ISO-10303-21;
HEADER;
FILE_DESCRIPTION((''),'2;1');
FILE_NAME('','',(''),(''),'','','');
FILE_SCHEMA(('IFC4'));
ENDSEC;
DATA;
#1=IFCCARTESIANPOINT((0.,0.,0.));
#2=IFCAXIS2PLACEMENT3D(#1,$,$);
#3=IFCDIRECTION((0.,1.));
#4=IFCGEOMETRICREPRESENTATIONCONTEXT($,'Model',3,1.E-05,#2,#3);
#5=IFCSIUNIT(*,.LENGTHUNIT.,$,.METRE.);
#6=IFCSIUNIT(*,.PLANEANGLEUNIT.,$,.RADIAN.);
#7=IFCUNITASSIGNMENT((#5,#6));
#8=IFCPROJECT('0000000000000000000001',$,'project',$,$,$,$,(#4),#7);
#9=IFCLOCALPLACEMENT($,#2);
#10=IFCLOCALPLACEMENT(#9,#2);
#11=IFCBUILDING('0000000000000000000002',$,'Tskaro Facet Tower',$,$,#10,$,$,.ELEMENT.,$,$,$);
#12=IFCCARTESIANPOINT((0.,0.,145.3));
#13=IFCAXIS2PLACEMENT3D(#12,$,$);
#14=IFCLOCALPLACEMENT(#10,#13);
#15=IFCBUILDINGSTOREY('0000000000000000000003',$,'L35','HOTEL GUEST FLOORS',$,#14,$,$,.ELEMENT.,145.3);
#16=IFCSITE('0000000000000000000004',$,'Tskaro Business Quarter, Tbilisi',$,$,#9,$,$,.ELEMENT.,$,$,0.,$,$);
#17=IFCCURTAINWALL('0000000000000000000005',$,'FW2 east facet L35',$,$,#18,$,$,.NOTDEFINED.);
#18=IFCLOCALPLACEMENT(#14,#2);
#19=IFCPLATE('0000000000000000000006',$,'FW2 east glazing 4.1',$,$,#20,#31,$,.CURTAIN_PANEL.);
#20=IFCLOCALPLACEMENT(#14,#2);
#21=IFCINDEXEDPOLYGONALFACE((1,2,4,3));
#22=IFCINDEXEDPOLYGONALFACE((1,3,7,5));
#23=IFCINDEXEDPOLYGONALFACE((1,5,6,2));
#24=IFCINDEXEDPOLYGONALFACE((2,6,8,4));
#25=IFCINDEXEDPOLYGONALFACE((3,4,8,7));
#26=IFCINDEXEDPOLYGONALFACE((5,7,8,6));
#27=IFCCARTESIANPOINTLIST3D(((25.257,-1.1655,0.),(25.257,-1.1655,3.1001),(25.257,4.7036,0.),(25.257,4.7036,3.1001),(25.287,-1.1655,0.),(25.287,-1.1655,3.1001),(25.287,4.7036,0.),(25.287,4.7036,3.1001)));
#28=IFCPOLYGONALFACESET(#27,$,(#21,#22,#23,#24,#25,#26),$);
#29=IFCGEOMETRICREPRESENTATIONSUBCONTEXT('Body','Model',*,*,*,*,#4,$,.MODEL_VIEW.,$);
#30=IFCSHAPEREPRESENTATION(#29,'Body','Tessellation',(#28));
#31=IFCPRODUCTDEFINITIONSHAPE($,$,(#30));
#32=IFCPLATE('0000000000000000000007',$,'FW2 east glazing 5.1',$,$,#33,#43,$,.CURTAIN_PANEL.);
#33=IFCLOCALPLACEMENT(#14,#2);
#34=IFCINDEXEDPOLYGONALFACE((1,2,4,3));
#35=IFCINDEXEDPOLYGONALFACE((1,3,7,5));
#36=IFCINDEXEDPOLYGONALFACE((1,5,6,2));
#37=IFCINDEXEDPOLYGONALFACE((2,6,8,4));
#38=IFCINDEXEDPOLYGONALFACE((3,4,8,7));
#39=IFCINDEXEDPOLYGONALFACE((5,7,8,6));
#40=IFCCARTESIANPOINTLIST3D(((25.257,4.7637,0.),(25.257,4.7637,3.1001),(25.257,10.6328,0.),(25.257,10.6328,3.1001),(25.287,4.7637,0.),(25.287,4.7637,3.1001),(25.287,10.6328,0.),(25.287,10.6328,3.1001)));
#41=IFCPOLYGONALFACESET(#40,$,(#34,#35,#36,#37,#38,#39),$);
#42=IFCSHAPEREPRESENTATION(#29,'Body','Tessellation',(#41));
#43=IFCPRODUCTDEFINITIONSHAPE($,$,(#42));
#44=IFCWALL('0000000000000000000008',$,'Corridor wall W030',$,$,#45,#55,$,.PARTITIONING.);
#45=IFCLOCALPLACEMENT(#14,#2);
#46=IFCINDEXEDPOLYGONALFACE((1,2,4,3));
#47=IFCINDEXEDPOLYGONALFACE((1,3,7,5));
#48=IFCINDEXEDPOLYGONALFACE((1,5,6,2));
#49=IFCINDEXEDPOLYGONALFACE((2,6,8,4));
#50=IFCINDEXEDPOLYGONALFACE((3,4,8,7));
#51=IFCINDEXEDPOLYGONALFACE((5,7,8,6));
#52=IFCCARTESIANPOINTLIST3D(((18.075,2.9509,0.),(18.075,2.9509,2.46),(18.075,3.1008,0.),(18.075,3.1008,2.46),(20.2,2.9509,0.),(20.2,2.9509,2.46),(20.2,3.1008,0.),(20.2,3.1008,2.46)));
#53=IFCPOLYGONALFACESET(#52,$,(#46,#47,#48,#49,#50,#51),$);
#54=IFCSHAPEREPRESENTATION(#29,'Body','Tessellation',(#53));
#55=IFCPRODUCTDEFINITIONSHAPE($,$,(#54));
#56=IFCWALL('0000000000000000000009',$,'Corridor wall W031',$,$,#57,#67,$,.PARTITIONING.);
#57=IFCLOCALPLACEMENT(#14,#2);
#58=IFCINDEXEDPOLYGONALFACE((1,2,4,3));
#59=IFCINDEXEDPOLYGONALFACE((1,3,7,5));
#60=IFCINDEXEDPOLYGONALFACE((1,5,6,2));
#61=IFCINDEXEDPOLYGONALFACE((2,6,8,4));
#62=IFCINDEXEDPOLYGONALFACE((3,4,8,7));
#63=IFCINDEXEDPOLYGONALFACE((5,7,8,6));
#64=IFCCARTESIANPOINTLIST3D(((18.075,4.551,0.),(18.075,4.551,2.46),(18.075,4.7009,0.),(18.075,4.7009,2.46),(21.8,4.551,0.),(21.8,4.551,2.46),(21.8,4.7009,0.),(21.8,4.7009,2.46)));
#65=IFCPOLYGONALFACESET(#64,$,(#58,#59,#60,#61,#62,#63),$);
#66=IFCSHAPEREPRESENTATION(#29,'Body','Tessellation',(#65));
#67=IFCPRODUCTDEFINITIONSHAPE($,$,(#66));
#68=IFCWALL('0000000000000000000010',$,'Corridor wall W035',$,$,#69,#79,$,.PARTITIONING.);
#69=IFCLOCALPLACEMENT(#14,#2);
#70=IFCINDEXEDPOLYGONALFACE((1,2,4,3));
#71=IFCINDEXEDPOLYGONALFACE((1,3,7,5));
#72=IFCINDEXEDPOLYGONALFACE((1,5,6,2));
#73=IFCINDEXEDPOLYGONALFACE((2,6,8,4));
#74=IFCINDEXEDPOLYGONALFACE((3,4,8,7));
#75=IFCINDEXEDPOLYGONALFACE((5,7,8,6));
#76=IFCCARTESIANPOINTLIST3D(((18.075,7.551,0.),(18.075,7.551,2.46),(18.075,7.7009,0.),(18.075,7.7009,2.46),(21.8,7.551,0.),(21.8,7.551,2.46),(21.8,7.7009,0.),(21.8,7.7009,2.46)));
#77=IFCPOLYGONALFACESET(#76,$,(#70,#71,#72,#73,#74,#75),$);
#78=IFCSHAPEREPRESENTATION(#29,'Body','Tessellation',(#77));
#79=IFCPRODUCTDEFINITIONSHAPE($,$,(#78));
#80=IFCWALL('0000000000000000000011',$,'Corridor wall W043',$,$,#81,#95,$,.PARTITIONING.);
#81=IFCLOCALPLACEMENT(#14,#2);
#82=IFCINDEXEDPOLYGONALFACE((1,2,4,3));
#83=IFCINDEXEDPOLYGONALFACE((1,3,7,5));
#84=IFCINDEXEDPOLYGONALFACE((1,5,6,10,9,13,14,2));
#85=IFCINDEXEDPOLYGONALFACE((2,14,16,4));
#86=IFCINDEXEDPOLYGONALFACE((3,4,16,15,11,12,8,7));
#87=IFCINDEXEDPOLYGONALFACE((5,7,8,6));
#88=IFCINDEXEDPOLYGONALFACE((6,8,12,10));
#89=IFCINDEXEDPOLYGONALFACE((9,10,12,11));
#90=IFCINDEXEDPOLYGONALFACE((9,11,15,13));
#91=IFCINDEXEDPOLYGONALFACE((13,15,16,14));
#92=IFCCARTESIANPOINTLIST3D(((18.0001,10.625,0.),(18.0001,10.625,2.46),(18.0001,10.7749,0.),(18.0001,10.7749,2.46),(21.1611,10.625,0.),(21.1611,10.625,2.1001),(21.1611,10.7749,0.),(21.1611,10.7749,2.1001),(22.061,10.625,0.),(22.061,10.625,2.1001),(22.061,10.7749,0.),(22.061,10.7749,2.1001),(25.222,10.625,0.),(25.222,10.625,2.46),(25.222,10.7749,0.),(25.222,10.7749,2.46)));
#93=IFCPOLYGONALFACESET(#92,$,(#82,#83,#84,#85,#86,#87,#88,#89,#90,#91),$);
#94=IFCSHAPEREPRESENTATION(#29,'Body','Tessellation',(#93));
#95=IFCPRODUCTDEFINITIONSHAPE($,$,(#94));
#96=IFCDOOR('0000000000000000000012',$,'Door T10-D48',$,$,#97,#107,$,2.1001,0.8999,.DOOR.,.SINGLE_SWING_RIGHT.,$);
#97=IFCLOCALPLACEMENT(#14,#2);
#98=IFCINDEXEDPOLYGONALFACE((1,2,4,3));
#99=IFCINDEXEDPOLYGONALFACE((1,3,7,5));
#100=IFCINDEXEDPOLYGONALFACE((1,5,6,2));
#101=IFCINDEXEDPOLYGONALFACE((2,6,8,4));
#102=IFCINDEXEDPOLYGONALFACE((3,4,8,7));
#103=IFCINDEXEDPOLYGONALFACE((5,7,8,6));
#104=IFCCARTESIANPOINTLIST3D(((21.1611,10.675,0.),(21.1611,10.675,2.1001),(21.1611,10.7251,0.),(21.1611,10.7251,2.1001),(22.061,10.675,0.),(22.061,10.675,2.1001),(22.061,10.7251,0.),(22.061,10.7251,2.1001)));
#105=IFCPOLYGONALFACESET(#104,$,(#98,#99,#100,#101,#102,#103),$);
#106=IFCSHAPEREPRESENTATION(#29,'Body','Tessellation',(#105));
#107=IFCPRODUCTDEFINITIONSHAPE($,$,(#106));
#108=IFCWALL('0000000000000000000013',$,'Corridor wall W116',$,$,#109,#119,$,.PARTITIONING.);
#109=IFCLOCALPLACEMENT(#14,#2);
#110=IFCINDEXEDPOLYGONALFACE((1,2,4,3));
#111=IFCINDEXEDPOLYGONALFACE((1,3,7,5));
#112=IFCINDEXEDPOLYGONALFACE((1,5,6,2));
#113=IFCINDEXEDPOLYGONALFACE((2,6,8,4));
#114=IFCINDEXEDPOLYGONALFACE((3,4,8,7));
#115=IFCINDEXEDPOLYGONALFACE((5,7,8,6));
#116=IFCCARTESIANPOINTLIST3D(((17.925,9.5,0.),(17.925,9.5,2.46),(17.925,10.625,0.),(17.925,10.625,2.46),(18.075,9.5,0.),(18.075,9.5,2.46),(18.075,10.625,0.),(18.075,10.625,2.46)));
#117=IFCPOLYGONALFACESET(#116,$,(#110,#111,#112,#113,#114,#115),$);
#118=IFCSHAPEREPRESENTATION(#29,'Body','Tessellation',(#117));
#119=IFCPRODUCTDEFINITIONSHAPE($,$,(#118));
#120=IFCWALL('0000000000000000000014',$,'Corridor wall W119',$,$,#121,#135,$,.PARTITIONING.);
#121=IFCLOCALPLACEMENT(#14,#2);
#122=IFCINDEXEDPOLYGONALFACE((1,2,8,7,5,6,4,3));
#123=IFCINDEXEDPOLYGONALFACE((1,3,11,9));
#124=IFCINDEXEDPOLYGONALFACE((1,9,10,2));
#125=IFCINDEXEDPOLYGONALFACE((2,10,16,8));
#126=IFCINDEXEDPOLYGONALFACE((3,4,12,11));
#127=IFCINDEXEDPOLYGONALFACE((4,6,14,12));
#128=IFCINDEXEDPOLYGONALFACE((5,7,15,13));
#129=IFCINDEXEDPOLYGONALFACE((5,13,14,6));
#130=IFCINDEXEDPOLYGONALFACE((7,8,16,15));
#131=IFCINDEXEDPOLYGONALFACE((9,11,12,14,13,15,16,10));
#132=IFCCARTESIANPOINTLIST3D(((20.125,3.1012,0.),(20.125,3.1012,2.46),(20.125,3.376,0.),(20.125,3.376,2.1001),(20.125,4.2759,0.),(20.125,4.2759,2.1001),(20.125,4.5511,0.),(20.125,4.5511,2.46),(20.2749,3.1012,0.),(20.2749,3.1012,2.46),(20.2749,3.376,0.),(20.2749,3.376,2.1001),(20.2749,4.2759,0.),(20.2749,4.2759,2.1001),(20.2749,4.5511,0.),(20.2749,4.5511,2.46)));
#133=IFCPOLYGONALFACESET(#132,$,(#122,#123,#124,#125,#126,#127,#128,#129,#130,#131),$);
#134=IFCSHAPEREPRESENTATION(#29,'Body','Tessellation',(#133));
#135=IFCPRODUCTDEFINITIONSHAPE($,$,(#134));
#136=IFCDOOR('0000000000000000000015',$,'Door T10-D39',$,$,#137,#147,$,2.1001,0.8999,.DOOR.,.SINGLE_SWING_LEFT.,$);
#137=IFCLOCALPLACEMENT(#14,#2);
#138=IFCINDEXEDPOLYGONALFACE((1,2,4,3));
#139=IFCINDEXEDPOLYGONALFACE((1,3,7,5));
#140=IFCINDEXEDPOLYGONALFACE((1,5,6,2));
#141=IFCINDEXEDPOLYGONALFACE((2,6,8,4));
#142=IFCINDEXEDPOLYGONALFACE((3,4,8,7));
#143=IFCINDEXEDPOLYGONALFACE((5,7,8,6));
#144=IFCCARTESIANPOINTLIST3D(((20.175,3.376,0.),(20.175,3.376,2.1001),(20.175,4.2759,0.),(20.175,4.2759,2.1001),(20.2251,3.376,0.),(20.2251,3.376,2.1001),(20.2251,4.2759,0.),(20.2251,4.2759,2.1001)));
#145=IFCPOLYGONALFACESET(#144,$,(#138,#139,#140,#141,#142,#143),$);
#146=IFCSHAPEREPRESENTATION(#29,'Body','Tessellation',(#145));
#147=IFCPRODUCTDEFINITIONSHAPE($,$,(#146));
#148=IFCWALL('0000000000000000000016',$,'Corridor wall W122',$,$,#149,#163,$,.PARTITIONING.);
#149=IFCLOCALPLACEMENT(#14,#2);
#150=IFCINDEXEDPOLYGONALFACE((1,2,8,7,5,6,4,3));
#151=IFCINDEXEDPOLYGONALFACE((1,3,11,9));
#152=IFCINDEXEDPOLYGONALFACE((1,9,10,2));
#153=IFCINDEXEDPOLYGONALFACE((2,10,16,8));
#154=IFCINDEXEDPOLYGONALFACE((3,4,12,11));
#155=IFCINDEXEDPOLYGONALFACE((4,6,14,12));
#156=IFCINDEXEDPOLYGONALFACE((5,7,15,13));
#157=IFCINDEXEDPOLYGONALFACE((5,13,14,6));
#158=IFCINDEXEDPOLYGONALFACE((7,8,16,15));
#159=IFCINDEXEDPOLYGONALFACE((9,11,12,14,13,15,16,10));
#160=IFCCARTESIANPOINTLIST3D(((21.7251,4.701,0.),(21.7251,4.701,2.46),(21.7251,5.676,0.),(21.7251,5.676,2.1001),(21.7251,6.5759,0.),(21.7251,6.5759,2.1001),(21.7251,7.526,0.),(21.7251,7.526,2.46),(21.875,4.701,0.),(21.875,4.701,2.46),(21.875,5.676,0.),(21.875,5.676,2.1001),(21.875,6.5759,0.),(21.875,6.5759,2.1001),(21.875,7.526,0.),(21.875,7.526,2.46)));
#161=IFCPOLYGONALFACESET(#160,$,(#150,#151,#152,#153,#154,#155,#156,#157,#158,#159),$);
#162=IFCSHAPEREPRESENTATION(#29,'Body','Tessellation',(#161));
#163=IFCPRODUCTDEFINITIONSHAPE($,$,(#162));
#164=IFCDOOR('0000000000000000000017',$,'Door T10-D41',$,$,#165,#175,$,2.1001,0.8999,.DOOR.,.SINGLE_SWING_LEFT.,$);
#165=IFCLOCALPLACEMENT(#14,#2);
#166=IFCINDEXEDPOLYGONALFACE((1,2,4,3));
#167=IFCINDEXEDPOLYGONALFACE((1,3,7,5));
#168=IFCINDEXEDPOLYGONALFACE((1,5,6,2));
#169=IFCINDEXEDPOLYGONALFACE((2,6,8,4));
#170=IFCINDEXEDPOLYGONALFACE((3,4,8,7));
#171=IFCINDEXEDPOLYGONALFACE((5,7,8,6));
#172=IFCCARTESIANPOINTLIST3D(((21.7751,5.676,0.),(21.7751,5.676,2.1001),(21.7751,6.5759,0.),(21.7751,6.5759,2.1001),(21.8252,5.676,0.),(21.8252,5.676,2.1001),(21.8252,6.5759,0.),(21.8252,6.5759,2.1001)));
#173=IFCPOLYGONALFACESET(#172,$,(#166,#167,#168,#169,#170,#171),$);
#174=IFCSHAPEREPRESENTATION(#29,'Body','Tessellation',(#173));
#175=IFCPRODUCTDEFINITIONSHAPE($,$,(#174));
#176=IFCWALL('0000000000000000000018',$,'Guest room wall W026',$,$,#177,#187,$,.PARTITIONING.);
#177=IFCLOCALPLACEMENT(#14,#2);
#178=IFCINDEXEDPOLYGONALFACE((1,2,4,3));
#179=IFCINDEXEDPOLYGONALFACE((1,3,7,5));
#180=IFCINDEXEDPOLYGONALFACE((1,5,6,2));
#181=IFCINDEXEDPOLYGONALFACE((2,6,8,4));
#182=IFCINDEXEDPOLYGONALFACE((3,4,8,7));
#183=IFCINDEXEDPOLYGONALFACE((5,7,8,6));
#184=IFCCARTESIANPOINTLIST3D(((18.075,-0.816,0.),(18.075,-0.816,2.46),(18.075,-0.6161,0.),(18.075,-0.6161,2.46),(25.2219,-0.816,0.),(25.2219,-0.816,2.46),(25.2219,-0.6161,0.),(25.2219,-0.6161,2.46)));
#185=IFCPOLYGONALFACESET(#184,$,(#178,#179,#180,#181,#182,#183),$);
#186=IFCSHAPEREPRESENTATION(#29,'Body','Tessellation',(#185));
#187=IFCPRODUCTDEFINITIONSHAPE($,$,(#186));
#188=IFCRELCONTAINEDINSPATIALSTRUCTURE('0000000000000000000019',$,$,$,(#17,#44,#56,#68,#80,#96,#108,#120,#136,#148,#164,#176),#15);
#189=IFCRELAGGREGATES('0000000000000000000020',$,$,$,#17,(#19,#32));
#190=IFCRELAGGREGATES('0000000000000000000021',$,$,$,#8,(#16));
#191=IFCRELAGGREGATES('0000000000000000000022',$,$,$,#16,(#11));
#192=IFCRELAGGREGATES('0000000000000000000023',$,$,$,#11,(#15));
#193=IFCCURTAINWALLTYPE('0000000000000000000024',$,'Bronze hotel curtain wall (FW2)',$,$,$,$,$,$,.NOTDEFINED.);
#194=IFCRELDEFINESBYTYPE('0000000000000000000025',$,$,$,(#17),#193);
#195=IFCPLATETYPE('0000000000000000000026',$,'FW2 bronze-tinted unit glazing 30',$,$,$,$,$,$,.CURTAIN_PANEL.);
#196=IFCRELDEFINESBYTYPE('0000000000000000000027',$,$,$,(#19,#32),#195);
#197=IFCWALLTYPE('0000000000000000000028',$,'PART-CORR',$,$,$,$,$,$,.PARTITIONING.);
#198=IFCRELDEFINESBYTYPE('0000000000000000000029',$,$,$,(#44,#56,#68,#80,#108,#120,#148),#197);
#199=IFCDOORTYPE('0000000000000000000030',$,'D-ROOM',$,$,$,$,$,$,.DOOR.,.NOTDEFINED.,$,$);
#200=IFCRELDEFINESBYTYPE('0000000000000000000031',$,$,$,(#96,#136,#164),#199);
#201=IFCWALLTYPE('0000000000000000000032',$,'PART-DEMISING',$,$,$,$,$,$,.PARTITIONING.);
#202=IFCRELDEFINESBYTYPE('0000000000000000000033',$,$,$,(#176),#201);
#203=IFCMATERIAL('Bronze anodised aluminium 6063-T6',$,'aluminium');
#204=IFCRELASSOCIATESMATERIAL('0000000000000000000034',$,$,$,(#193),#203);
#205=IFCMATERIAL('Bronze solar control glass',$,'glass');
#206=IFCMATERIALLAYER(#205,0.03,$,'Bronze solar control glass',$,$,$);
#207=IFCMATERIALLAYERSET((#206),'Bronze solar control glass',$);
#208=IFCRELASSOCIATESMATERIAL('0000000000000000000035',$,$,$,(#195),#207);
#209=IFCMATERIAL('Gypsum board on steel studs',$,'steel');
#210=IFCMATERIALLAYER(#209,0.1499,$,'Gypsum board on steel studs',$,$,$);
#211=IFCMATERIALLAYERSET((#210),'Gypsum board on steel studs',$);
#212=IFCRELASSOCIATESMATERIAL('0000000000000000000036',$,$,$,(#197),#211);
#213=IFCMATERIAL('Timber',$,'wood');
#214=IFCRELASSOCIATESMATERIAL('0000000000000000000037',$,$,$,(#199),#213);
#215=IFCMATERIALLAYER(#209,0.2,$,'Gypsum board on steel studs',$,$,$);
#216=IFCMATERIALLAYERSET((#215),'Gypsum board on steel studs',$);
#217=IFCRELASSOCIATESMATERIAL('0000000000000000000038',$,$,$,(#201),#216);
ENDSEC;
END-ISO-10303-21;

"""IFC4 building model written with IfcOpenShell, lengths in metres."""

from ifc_helpers import new_model, si_unit, direction, frame, frame_2d, origin, origin_2d, place, context, subcontext, project, spatial, rectangle, extrude, material, layer, layer_set, type_object, element, fill, aggregate, save


model = new_model("IFC4")

# Units and contexts
model_context = context("Model", 3, precision=1e-05, world=origin(), true_north=direction((0.0, 1.0)))
body_context = subcontext(model_context, "Body", "Model", "MODEL_VIEW")
ifc_project = project(units=[si_unit("LENGTHUNIT", "METRE"), si_unit("PLANEANGLEUNIT", "RADIAN")], contexts=[model_context])

# Site, building, storey
site_placement = place(None, origin())
site = spatial("IfcSite", under=ifc_project, at=site_placement, Name="Tskaro Business Quarter, Tbilisi", CompositionType="ELEMENT", RefElevation=0.0)
building_placement = place(site_placement, origin())
building = spatial("IfcBuilding", under=site, at=building_placement, Name="Tskaro Facet Tower", CompositionType="ELEMENT")
storey_placement = place(building_placement, frame((0.0, 0.0, 145.3)))
storey = spatial("IfcBuildingStorey", under=building, at=storey_placement, Name="L35", Description="HOTEL GUEST FLOORS", CompositionType="ELEMENT", Elevation=145.3)

# Curtain wall
ifc_material_1 = material(Name="Bronze anodised aluminium 6063-T6", Category="aluminium")
curtain_wall_type = type_object("IfcCurtainWallType", Name="Bronze hotel curtain wall (FW2)", PredefinedType="NOTDEFINED", material=ifc_material_1)
curtain_wall_placement = place(storey_placement, origin())
curtain_wall = element("IfcCurtainWall", 1, at=curtain_wall_placement, inside=storey, type_object=curtain_wall_type, Name="FW2 east facet L35", PredefinedType="NOTDEFINED")

# Plates
ifc_material_2 = material(Name="Bronze solar control glass", Category="glass")
ifc_layer_1 = layer(ifc_material_2, 0.03, Name="Bronze solar control glass")
ifc_layer_set_1 = layer_set([ifc_layer_1], Name="Bronze solar control glass")
plate_type = type_object("IfcPlateType", Name="FW2 bronze-tinted unit glazing 30", PredefinedType="CURTAIN_PANEL", material=ifc_layer_set_1)
plate_1_placement = place(storey_placement, frame((25.272, 1.769, 0.0), z_axis=(0.0, 0.0, 1.0), x_axis=(0.0, 1.0, 0.0)))
plate_1 = element("IfcPlate", 2, at=plate_1_placement, type_object=plate_type, Name="FW2 east glazing 4.1", PredefinedType="CURTAIN_PANEL", context=body_context, shape_type="SweptSolid", body=[
    extrude(rectangle(XDim=5.8691, YDim=0.03, at=origin_2d()), origin(), (0.0, 0.0, 1.0), 3.1001),
])
plate_2_placement = place(storey_placement, frame((25.272, 7.6982, 0.0), z_axis=(0.0, 0.0, 1.0), x_axis=(0.0, 1.0, 0.0)))
plate_2 = element("IfcPlate", 3, at=plate_2_placement, type_object=plate_type, Name="FW2 east glazing 5.1", PredefinedType="CURTAIN_PANEL", context=body_context, shape_type="SweptSolid", body=[
    extrude(rectangle(XDim=5.8691, YDim=0.03, at=origin_2d()), origin(), (0.0, 0.0, 1.0), 3.1001),
])
aggregate(curtain_wall, [plate_1, plate_2])

# Walls
ifc_material_3 = material(Name="Gypsum board on steel studs", Category="steel")
ifc_layer_2 = layer(ifc_material_3, 0.1499, Name="Gypsum board on steel studs")
ifc_layer_set_2 = layer_set([ifc_layer_2], Name="Gypsum board on steel studs")
wall_type_1 = type_object("IfcWallType", Name="PART-CORR", PredefinedType="PARTITIONING", material=ifc_layer_set_2)
wall_1_placement = place(storey_placement, frame((18.075, 3.0259, 0.0), z_axis=(0.0, 0.0, 1.0), x_axis=(1.0, 0.0, 0.0)))
element("IfcWall", 4, at=wall_1_placement, inside=storey, type_object=wall_type_1, Name="Corridor wall W030", PredefinedType="PARTITIONING", context=body_context, shape_type="SweptSolid", body=[
    extrude(rectangle(XDim=2.125, YDim=0.1499, at=frame_2d((1.0625, 0.0))), origin(), (0.0, 0.0, 1.0), 2.46),
])
for number, where, z_axis, x_axis, name in (
    (5, (18.075, 4.626, 0.0), (0.0, 0.0, 1.0), (1.0, 0.0, 0.0), "Corridor wall W031"),
    (6, (18.075, 7.626, 0.0), (0.0, 0.0, 1.0), (1.0, 0.0, 0.0), "Corridor wall W035"),
):
    element("IfcWall", number, at=place(storey_placement, frame(where, z_axis=z_axis, x_axis=x_axis)), inside=storey, type_object=wall_type_1, Name=name, PredefinedType="PARTITIONING", context=body_context, shape_type="SweptSolid", body=[
        extrude(rectangle(XDim=3.7251, YDim=0.1499, at=frame_2d((1.8625, 0.0))), origin(), (0.0, 0.0, 1.0), 2.46),
    ])

# Wall, opening, door
wall_2_placement = place(storey_placement, frame((25.2219, 10.7, 0.0), z_axis=(0.0, 0.0, 1.0), x_axis=(-1.0, 0.0, 0.0)))
wall_2 = element("IfcWall", 7, at=wall_2_placement, inside=storey, type_object=wall_type_1, Name="Corridor wall W043", PredefinedType="PARTITIONING", context=body_context, shape_type="SweptSolid", body=[
    extrude(rectangle(XDim=7.2219, YDim=0.1499, at=frame_2d((3.6108, 0.0))), origin(), (0.0, 0.0, 1.0), 2.46),
])
opening_1_placement = place(wall_2_placement, frame((3.1609, 0.0, 0.0)))
opening_1 = element("IfcOpeningElement", 8, at=opening_1_placement, cuts=wall_2, PredefinedType="OPENING", context=body_context, shape_type="SweptSolid", body=[
    extrude(rectangle(XDim=0.8999, YDim=2.1001, at=frame_2d((0.45, 1.05))), frame((0.0, 0.085, 0.0), z_axis=(0.0, -1.0, 0.0), x_axis=(1.0, 0.0, 0.0)), (0.0, 0.0, 1.0), 0.1699),
])
ifc_material_4 = material(Name="Timber", Category="wood")
door_type = type_object("IfcDoorType", Name="D-ROOM", OperationType="NOTDEFINED", PredefinedType="DOOR", material=ifc_material_4)
door_1_placement = place(opening_1_placement, origin())
door_1 = element("IfcDoor", 9, at=door_1_placement, inside=storey, type_object=door_type, Name="Door T10-D48", OperationType="SINGLE_SWING_RIGHT", OverallHeight=2.1001, OverallWidth=0.8999, PredefinedType="DOOR", context=body_context, shape_type="SweptSolid", body=[
    extrude(rectangle(XDim=0.8999, YDim=2.1001, at=frame_2d((0.45, 1.05))), frame((0.0, 0.0249, 0.0), z_axis=(0.0, -1.0, 0.0), x_axis=(1.0, 0.0, 0.0)), (0.0, 0.0, 1.0), 0.05),
])
fill(opening_1, door_1)

# Wall
wall_3_placement = place(storey_placement, frame((18.0, 9.5, 0.0), z_axis=(0.0, 0.0, 1.0), x_axis=(0.0, 1.0, 0.0)))
element("IfcWall", 10, at=wall_3_placement, inside=storey, type_object=wall_type_1, Name="Corridor wall W116", PredefinedType="PARTITIONING", context=body_context, shape_type="SweptSolid", body=[
    extrude(rectangle(XDim=1.125, YDim=0.1499, at=frame_2d((0.5625, 0.0))), origin(), (0.0, 0.0, 1.0), 2.46),
])

# Walls, openings, doors
wall_4_placement = place(storey_placement, frame((20.2, 3.1011, 0.0), z_axis=(0.0, 0.0, 1.0), x_axis=(0.0, 1.0, 0.0)))
wall_4 = element("IfcWall", 11, at=wall_4_placement, inside=storey, type_object=wall_type_1, Name="Corridor wall W119", PredefinedType="PARTITIONING", context=body_context, shape_type="SweptSolid", body=[
    extrude(rectangle(XDim=1.45, YDim=0.1499, at=frame_2d((0.7251, 0.0))), origin(), (0.0, 0.0, 1.0), 2.46),
])
opening_2_placement = place(wall_4_placement, frame((0.2749, 0.0, 0.0)))
opening_2 = element("IfcOpeningElement", 12, at=opening_2_placement, cuts=wall_4, PredefinedType="OPENING", context=body_context, shape_type="SweptSolid", body=[
    extrude(rectangle(XDim=0.8999, YDim=2.1001, at=frame_2d((0.45, 1.05))), frame((0.0, 0.085, 0.0), z_axis=(0.0, -1.0, 0.0), x_axis=(1.0, 0.0, 0.0)), (0.0, 0.0, 1.0), 0.1699),
])
door_2_placement = place(opening_2_placement, origin())
door_2 = element("IfcDoor", 13, at=door_2_placement, inside=storey, type_object=door_type, Name="Door T10-D39", OperationType="SINGLE_SWING_LEFT", OverallHeight=2.1001, OverallWidth=0.8999, PredefinedType="DOOR", context=body_context, shape_type="SweptSolid", body=[
    extrude(rectangle(XDim=0.8999, YDim=2.1001, at=frame_2d((0.45, 1.05))), frame((0.0, 0.0249, 0.0), z_axis=(0.0, -1.0, 0.0), x_axis=(1.0, 0.0, 0.0)), (0.0, 0.0, 1.0), 0.05),
])
fill(opening_2, door_2)
wall_5_placement = place(storey_placement, frame((21.8, 4.7009, 0.0), z_axis=(0.0, 0.0, 1.0), x_axis=(0.0, 1.0, 0.0)))
wall_5 = element("IfcWall", 14, at=wall_5_placement, inside=storey, type_object=wall_type_1, Name="Corridor wall W122", PredefinedType="PARTITIONING", context=body_context, shape_type="SweptSolid", body=[
    extrude(rectangle(XDim=2.825, YDim=0.1499, at=frame_2d((1.4126, 0.0))), origin(), (0.0, 0.0, 1.0), 2.46),
])
opening_3_placement = place(wall_5_placement, frame((0.9751, 0.0, 0.0)))
opening_3 = element("IfcOpeningElement", 15, at=opening_3_placement, cuts=wall_5, PredefinedType="OPENING", context=body_context, shape_type="SweptSolid", body=[
    extrude(rectangle(XDim=0.8999, YDim=2.1001, at=frame_2d((0.45, 1.05))), frame((0.0, 0.085, 0.0), z_axis=(0.0, -1.0, 0.0), x_axis=(1.0, 0.0, 0.0)), (0.0, 0.0, 1.0), 0.1699),
])
door_3_placement = place(opening_3_placement, origin())
door_3 = element("IfcDoor", 16, at=door_3_placement, inside=storey, type_object=door_type, Name="Door T10-D41", OperationType="SINGLE_SWING_LEFT", OverallHeight=2.1001, OverallWidth=0.8999, PredefinedType="DOOR", context=body_context, shape_type="SweptSolid", body=[
    extrude(rectangle(XDim=0.8999, YDim=2.1001, at=frame_2d((0.45, 1.05))), frame((0.0, 0.0249, 0.0), z_axis=(0.0, -1.0, 0.0), x_axis=(1.0, 0.0, 0.0)), (0.0, 0.0, 1.0), 0.05),
])
fill(opening_3, door_3)

# Wall
ifc_layer_3 = layer(ifc_material_3, 0.2, Name="Gypsum board on steel studs")
ifc_layer_set_3 = layer_set([ifc_layer_3], Name="Gypsum board on steel studs")
wall_type_2 = type_object("IfcWallType", Name="PART-DEMISING", PredefinedType="PARTITIONING", material=ifc_layer_set_3)
wall_6_placement = place(storey_placement, frame((18.075, -0.7161, 0.0), z_axis=(0.0, 0.0, 1.0), x_axis=(1.0, 0.0, 0.0)))
element("IfcWall", 17, at=wall_6_placement, inside=storey, type_object=wall_type_2, Name="Guest room wall W026", PredefinedType="PARTITIONING", context=body_context, shape_type="SweptSolid", body=[
    extrude(rectangle(XDim=7.147, YDim=0.2, at=frame_2d((3.5735, 0.0))), origin(), (0.0, 0.0, 1.0), 2.46),
])

save(model, "model.ifc")
